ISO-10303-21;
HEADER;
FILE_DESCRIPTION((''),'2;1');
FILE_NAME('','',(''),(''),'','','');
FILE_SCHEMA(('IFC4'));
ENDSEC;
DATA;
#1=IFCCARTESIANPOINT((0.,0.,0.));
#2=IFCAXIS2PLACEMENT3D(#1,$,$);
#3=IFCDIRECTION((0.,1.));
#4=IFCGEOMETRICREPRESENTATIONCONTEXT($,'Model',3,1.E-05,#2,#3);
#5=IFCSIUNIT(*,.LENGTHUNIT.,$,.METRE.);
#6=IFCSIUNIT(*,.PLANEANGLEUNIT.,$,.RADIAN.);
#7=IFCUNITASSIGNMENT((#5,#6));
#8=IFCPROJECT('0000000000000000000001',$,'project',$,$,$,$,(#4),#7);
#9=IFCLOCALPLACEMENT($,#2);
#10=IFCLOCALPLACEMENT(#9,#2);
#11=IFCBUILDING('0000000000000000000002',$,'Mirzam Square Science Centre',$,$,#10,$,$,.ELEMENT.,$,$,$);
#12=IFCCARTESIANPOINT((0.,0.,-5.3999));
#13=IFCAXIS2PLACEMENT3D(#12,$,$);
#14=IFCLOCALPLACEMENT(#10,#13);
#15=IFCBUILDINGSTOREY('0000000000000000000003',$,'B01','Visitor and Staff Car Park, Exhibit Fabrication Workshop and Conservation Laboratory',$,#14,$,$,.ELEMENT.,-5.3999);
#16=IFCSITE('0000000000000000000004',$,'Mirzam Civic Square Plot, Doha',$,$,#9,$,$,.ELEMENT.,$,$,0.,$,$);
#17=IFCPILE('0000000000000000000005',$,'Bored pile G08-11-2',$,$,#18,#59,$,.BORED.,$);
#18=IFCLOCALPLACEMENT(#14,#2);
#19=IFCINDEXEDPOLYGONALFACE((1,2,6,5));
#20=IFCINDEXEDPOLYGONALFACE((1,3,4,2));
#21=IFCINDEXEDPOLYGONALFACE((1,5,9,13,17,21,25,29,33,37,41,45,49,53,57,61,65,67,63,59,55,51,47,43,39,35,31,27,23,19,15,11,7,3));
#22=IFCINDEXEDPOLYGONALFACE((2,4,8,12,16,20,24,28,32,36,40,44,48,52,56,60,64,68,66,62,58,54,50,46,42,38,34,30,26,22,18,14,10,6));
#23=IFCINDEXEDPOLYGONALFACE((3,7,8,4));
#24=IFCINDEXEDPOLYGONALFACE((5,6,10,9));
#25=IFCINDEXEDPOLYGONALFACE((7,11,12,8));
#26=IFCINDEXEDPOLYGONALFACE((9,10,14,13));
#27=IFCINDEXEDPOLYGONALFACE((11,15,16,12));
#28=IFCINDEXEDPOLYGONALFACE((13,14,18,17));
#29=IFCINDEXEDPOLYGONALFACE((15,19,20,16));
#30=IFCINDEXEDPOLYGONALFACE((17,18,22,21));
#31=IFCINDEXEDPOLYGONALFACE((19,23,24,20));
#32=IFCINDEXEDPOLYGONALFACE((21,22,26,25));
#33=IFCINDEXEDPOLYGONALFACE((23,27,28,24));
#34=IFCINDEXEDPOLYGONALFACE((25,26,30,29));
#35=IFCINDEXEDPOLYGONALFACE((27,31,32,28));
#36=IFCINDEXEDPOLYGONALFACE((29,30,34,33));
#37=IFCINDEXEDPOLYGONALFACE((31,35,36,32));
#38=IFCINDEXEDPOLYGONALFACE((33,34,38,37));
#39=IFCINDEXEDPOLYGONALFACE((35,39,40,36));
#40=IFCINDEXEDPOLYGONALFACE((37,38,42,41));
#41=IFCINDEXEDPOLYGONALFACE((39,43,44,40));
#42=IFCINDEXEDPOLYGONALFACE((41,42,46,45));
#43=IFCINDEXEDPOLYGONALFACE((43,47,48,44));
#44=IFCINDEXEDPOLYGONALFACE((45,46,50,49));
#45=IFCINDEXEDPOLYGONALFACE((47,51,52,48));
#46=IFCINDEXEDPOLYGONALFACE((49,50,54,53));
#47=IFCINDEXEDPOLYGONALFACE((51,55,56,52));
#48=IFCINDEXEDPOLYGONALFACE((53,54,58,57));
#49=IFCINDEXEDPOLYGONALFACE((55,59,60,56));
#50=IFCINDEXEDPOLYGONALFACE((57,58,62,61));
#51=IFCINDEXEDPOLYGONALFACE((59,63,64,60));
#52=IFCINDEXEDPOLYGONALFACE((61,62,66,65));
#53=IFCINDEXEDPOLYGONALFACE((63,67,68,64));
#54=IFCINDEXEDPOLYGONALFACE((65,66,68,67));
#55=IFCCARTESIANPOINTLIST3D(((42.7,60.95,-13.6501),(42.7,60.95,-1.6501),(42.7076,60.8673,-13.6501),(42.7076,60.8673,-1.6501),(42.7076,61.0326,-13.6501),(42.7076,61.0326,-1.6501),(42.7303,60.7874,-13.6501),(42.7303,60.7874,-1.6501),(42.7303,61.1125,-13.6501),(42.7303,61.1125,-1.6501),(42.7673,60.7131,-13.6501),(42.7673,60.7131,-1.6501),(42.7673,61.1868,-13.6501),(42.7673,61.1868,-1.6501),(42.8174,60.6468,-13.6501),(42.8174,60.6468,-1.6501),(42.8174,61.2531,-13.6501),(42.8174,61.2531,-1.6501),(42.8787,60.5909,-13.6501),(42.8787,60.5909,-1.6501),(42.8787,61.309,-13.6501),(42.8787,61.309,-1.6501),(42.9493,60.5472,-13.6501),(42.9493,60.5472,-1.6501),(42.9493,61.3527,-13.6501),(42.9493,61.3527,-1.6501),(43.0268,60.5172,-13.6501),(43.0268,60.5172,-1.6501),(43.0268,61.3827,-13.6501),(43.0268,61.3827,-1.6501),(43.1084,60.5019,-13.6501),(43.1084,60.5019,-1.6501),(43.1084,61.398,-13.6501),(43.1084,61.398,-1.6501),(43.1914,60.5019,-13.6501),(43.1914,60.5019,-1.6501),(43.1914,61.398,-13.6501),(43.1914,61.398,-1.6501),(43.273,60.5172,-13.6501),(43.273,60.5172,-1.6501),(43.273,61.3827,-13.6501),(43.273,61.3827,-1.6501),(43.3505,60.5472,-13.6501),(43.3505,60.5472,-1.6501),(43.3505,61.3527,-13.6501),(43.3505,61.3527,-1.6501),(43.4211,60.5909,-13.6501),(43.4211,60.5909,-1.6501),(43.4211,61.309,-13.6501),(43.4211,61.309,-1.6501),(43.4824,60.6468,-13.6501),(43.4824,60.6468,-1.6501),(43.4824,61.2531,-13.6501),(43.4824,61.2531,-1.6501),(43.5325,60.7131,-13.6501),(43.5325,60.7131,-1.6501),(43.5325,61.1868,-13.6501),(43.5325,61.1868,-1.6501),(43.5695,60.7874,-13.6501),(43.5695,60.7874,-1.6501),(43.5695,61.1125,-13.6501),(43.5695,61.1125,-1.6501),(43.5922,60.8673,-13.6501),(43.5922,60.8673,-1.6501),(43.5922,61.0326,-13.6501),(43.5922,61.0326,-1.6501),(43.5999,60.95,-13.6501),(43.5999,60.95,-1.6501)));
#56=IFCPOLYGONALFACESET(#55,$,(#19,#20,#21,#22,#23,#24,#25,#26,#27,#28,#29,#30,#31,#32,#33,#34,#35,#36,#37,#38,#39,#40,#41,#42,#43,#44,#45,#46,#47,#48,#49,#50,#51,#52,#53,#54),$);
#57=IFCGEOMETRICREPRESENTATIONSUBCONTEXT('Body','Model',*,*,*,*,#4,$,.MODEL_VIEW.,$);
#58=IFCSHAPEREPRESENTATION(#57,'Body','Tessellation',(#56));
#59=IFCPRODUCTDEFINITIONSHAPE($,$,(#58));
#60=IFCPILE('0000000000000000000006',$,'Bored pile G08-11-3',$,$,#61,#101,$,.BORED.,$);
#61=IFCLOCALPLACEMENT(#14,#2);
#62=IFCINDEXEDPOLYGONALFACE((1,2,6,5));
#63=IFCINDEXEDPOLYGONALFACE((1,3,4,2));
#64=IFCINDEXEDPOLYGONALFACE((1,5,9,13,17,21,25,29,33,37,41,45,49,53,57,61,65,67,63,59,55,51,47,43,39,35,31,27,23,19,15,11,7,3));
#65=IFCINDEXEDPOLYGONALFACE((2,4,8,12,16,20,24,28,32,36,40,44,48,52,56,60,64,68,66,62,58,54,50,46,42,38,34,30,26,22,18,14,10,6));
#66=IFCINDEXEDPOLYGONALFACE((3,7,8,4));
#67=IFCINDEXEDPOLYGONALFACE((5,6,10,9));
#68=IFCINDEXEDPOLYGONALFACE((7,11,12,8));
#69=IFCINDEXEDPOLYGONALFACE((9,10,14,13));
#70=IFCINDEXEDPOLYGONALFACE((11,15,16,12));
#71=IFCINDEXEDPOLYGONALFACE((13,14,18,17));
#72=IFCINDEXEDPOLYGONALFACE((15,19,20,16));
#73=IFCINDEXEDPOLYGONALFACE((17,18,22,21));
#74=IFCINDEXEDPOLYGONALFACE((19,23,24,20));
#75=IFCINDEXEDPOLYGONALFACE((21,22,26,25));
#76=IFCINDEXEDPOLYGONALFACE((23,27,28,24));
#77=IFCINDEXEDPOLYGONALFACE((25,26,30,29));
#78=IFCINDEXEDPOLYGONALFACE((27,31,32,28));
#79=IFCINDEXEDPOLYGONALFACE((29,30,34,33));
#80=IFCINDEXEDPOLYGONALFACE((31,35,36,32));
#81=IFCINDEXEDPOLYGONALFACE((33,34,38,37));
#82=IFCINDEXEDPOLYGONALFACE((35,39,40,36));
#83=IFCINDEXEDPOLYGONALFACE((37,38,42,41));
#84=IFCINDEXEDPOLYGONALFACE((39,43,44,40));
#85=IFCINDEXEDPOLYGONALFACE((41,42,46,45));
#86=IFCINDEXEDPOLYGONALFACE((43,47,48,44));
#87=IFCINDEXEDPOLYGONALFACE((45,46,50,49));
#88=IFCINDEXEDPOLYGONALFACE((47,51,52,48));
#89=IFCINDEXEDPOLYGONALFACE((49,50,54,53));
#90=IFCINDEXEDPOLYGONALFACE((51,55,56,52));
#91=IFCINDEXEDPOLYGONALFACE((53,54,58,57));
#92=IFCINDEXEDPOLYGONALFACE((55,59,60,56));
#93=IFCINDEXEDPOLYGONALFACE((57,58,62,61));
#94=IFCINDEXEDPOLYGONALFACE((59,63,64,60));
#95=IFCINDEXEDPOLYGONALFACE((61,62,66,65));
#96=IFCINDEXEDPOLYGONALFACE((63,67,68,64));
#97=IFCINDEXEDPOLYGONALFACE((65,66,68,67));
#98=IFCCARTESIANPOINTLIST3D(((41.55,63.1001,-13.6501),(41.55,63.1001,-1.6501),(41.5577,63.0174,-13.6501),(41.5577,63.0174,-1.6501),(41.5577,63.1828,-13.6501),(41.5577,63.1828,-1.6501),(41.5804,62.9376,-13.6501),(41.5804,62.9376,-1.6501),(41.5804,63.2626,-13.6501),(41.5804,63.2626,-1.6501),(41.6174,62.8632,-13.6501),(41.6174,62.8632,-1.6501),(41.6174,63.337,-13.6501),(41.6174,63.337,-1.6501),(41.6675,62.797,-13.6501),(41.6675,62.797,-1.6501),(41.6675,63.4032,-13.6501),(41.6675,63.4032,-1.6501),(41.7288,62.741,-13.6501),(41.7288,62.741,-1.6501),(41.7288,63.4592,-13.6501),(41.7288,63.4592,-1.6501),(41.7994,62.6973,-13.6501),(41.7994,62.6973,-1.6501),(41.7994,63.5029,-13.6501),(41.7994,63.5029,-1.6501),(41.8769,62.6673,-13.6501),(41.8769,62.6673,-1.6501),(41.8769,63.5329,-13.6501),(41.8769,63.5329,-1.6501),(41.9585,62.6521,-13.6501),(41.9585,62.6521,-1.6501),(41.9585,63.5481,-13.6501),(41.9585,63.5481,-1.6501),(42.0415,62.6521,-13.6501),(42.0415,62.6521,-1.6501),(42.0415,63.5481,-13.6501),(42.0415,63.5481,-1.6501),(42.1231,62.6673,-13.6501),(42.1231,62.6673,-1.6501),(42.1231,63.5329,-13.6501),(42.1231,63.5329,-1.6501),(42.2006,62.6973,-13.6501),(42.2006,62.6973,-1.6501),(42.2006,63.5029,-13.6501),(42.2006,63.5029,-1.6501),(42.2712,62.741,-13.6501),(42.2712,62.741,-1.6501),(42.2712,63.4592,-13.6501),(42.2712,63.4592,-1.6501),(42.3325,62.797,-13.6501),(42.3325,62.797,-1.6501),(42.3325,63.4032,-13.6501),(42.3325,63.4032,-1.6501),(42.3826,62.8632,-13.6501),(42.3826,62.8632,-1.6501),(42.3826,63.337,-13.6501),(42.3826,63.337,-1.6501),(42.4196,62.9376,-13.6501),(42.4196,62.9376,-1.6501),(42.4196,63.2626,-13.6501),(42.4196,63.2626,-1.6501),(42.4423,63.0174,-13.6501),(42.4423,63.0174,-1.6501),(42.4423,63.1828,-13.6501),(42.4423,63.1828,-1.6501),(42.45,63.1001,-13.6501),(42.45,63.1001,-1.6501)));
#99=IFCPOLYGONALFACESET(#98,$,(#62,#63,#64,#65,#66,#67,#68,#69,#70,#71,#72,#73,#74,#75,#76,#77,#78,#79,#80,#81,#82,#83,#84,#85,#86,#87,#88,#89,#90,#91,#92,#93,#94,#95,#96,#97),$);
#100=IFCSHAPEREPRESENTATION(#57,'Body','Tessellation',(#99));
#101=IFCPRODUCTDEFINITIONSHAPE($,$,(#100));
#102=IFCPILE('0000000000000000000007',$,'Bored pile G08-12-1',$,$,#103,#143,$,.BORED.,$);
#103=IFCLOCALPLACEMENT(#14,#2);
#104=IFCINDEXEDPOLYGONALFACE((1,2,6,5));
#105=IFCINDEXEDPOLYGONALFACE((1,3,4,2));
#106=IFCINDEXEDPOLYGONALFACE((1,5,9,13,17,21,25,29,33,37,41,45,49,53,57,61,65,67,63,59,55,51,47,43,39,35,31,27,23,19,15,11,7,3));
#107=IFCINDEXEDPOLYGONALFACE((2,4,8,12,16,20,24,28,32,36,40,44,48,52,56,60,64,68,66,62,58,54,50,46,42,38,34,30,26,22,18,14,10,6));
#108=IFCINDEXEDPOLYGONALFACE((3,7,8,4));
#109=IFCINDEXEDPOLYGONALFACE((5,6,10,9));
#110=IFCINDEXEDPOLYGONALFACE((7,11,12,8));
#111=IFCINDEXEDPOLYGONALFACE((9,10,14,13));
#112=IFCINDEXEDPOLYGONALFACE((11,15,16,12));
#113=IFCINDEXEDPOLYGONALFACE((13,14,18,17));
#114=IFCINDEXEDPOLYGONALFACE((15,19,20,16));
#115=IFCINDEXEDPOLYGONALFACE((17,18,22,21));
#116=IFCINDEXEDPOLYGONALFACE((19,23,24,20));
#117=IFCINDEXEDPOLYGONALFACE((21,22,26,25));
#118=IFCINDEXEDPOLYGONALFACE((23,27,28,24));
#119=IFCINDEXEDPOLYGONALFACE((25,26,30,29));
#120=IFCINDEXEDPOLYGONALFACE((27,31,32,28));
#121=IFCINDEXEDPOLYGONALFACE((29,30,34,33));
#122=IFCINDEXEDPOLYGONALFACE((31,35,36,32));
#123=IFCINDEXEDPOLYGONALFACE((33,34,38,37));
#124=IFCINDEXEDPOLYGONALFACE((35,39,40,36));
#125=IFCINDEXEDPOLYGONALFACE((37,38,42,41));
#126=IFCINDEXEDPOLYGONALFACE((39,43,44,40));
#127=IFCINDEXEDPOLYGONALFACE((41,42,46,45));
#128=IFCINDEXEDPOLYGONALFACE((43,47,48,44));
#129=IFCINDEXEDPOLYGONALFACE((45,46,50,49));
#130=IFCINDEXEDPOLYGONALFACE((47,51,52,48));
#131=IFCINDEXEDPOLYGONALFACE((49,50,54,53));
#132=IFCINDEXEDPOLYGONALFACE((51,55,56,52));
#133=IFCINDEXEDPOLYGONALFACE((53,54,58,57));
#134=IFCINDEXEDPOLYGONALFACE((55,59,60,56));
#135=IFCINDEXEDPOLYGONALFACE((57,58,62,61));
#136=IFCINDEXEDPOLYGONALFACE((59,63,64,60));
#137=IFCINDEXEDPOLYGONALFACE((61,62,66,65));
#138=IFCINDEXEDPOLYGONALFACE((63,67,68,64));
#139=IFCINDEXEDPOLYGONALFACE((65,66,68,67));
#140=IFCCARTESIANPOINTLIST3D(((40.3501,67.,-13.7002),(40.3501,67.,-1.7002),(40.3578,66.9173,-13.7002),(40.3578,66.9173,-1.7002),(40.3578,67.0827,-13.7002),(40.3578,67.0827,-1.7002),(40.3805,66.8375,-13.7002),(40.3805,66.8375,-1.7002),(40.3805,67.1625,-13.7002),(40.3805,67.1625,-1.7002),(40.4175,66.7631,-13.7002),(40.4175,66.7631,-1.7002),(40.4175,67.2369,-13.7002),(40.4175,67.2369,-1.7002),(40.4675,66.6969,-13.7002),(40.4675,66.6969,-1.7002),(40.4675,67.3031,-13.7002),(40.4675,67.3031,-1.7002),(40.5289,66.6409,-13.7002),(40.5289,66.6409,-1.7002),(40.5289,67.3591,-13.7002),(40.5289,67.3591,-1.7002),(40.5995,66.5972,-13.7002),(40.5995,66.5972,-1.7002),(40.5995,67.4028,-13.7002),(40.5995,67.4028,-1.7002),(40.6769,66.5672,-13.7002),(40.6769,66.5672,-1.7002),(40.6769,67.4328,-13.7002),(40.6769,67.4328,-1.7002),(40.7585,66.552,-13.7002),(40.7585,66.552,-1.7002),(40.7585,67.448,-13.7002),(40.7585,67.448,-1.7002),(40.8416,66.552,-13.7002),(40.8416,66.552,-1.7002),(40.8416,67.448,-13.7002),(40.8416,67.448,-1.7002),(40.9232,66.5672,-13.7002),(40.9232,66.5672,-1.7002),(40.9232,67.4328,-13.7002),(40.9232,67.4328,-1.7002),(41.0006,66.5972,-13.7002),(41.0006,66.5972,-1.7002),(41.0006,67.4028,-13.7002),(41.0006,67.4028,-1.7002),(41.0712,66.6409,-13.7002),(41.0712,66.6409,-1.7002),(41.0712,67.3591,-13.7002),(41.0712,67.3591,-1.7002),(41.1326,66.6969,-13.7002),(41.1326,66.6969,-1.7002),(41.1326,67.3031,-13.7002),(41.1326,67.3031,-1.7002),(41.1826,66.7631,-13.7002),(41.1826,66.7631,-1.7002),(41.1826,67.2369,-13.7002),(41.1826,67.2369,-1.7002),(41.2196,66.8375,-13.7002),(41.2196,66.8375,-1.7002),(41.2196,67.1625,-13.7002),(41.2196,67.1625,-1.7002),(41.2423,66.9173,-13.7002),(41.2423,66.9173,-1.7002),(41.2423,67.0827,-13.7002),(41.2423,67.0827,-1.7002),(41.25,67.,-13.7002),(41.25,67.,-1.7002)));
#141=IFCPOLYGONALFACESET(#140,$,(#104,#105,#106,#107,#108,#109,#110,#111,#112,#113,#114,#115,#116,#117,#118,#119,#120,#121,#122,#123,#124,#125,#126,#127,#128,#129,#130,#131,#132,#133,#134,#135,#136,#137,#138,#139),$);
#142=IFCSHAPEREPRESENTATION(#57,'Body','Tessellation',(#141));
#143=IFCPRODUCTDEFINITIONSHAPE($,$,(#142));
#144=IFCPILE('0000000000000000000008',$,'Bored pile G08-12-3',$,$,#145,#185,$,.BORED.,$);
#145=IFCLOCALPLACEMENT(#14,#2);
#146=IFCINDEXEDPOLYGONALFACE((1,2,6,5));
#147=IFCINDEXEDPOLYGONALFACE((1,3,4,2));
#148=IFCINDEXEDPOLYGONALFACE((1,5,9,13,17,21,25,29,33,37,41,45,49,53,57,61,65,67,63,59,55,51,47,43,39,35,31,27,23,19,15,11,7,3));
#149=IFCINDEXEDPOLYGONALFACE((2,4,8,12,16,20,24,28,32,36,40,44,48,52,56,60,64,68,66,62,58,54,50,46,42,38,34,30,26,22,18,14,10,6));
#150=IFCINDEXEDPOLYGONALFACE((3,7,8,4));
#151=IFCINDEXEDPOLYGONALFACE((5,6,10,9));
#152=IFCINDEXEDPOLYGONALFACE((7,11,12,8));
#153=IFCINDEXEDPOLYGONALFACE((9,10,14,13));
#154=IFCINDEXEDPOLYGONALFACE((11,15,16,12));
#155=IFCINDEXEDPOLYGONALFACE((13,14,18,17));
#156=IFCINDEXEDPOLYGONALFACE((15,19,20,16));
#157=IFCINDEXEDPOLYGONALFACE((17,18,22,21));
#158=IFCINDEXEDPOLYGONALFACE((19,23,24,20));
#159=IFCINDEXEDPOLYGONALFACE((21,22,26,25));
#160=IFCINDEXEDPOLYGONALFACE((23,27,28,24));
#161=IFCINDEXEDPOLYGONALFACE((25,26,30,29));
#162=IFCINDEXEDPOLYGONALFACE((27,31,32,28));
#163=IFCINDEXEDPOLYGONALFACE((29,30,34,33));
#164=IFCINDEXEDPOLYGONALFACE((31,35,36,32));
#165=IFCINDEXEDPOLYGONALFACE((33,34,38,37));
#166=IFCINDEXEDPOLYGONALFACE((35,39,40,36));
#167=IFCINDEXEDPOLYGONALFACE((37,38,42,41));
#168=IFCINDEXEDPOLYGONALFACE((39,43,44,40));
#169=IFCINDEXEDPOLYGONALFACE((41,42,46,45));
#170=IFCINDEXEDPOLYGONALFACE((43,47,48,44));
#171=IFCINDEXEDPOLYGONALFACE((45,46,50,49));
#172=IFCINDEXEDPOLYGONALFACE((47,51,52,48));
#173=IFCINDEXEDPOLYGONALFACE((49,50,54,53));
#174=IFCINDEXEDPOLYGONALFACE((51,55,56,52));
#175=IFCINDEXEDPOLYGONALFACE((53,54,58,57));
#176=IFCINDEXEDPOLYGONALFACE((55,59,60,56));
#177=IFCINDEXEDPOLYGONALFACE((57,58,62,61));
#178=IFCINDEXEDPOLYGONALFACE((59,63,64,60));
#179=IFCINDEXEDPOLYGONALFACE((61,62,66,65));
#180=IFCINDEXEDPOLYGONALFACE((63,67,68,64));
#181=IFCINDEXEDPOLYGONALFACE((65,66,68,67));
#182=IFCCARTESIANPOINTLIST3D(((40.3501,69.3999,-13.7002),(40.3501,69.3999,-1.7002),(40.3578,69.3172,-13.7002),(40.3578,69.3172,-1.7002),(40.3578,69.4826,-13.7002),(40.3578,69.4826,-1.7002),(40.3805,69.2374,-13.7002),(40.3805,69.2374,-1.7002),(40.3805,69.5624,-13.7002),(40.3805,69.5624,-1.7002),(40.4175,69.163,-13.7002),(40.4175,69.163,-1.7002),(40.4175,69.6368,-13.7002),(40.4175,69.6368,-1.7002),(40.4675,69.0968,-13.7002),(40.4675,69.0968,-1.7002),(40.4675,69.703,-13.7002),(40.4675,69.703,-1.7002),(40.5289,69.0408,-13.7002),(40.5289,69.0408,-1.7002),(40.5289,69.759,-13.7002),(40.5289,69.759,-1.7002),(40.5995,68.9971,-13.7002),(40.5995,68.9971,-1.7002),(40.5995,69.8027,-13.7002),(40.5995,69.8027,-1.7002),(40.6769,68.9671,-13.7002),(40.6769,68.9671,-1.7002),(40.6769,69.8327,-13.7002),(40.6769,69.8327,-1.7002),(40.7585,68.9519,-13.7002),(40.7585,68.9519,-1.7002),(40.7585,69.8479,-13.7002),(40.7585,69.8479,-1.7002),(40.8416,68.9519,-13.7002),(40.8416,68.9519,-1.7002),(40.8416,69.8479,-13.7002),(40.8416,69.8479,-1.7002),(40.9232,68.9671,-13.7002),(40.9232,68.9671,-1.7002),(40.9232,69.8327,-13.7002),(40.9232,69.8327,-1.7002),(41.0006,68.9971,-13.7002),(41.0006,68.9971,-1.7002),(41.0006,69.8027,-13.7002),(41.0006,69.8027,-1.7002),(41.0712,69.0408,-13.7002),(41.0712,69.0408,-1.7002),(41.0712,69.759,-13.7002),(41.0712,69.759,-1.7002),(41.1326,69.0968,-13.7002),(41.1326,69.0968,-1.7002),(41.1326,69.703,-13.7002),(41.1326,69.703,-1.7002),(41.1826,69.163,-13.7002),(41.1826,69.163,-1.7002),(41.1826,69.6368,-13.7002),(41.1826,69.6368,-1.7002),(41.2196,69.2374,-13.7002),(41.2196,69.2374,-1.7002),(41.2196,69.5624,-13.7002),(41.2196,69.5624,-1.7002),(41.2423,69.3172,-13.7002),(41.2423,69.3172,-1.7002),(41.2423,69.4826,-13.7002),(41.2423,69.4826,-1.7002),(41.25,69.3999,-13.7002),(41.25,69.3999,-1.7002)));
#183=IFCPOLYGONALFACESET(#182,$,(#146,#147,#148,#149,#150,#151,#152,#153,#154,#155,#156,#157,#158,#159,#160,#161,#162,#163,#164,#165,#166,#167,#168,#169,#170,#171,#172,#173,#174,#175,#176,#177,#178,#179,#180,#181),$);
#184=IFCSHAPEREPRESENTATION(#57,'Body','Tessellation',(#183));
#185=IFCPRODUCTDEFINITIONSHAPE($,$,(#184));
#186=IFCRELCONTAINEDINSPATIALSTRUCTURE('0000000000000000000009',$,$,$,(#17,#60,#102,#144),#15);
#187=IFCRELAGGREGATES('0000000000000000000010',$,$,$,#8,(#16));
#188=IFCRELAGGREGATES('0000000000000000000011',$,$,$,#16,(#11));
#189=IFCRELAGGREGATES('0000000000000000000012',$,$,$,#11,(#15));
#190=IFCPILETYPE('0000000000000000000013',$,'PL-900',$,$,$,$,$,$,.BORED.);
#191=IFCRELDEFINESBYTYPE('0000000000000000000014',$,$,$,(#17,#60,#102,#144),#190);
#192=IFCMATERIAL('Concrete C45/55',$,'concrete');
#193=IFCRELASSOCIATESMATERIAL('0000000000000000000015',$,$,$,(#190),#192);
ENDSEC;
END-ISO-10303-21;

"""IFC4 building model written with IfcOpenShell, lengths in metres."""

from ifc_helpers import new_model, si_unit, direction, frame, origin, origin_2d, place, context, subcontext, project, spatial, circle, extrude, material, material_profile, profile_set, type_object, element, save


model = new_model("IFC4")

# Units and contexts
model_context = context("Model", 3, precision=1e-05, world=origin(), true_north=direction((0.0, 1.0)))
body_context = subcontext(model_context, "Body", "Model", "MODEL_VIEW")
ifc_project = project(units=[si_unit("LENGTHUNIT", "METRE"), si_unit("PLANEANGLEUNIT", "RADIAN")], contexts=[model_context])

# Site, building, storey
site_placement = place(None, origin())
site = spatial("IfcSite", under=ifc_project, at=site_placement, Name="Mirzam Civic Square Plot, Doha", CompositionType="ELEMENT", RefElevation=0.0)
building_placement = place(site_placement, origin())
building = spatial("IfcBuilding", under=site, at=building_placement, Name="Mirzam Square Science Centre", CompositionType="ELEMENT")
storey_placement = place(building_placement, frame((0.0, 0.0, -5.3999)))
storey = spatial("IfcBuildingStorey", under=building, at=storey_placement, Name="B01", Description="Visitor and Staff Car Park, Exhibit Fabrication Workshop and Conservation Laboratory", CompositionType="ELEMENT", Elevation=-5.3999)

# Shared definitions
ifc_material_1 = material(Name="Concrete C45/55", Category="concrete")

# Piles
ifc_material_profile_1 = material_profile(ifc_material_1, circle(Radius=0.45, at=origin_2d()), Name="PILE-D900")
ifc_profile_set_1 = profile_set([ifc_material_profile_1], Name="Concrete C45/55")
pile_type = type_object("IfcPileType", Name="PL-900", PredefinedType="BORED", material=ifc_profile_set_1)
for number, where, z_axis, x_axis, name in (
    (1, (43.1499, 60.95, -1.6501), (0.0, 0.0, -1.0), (1.0, 0.0, 0.0), "Bored pile G08-11-2"),
    (2, (42.0, 63.1001, -1.6501), (0.0, 0.0, -1.0), (1.0, 0.0, 0.0), "Bored pile G08-11-3"),
    (3, (40.8, 67.0, -1.7002), (0.0, 0.0, -1.0), (1.0, 0.0, 0.0), "Bored pile G08-12-1"),
    (4, (40.8, 69.3999, -1.7002), (0.0, 0.0, -1.0), (1.0, 0.0, 0.0), "Bored pile G08-12-3"),
):
    element("IfcPile", number, at=place(storey_placement, frame(where, z_axis=z_axis, x_axis=x_axis)), inside=storey, type_object=pile_type, Name=name, PredefinedType="BORED", context=body_context, shape_type="SweptSolid", body=[
        extrude(circle(Radius=0.45, at=origin_2d()), origin(), (0.0, 0.0, 1.0), 12.0),
    ])

save(model, "model.ifc")
